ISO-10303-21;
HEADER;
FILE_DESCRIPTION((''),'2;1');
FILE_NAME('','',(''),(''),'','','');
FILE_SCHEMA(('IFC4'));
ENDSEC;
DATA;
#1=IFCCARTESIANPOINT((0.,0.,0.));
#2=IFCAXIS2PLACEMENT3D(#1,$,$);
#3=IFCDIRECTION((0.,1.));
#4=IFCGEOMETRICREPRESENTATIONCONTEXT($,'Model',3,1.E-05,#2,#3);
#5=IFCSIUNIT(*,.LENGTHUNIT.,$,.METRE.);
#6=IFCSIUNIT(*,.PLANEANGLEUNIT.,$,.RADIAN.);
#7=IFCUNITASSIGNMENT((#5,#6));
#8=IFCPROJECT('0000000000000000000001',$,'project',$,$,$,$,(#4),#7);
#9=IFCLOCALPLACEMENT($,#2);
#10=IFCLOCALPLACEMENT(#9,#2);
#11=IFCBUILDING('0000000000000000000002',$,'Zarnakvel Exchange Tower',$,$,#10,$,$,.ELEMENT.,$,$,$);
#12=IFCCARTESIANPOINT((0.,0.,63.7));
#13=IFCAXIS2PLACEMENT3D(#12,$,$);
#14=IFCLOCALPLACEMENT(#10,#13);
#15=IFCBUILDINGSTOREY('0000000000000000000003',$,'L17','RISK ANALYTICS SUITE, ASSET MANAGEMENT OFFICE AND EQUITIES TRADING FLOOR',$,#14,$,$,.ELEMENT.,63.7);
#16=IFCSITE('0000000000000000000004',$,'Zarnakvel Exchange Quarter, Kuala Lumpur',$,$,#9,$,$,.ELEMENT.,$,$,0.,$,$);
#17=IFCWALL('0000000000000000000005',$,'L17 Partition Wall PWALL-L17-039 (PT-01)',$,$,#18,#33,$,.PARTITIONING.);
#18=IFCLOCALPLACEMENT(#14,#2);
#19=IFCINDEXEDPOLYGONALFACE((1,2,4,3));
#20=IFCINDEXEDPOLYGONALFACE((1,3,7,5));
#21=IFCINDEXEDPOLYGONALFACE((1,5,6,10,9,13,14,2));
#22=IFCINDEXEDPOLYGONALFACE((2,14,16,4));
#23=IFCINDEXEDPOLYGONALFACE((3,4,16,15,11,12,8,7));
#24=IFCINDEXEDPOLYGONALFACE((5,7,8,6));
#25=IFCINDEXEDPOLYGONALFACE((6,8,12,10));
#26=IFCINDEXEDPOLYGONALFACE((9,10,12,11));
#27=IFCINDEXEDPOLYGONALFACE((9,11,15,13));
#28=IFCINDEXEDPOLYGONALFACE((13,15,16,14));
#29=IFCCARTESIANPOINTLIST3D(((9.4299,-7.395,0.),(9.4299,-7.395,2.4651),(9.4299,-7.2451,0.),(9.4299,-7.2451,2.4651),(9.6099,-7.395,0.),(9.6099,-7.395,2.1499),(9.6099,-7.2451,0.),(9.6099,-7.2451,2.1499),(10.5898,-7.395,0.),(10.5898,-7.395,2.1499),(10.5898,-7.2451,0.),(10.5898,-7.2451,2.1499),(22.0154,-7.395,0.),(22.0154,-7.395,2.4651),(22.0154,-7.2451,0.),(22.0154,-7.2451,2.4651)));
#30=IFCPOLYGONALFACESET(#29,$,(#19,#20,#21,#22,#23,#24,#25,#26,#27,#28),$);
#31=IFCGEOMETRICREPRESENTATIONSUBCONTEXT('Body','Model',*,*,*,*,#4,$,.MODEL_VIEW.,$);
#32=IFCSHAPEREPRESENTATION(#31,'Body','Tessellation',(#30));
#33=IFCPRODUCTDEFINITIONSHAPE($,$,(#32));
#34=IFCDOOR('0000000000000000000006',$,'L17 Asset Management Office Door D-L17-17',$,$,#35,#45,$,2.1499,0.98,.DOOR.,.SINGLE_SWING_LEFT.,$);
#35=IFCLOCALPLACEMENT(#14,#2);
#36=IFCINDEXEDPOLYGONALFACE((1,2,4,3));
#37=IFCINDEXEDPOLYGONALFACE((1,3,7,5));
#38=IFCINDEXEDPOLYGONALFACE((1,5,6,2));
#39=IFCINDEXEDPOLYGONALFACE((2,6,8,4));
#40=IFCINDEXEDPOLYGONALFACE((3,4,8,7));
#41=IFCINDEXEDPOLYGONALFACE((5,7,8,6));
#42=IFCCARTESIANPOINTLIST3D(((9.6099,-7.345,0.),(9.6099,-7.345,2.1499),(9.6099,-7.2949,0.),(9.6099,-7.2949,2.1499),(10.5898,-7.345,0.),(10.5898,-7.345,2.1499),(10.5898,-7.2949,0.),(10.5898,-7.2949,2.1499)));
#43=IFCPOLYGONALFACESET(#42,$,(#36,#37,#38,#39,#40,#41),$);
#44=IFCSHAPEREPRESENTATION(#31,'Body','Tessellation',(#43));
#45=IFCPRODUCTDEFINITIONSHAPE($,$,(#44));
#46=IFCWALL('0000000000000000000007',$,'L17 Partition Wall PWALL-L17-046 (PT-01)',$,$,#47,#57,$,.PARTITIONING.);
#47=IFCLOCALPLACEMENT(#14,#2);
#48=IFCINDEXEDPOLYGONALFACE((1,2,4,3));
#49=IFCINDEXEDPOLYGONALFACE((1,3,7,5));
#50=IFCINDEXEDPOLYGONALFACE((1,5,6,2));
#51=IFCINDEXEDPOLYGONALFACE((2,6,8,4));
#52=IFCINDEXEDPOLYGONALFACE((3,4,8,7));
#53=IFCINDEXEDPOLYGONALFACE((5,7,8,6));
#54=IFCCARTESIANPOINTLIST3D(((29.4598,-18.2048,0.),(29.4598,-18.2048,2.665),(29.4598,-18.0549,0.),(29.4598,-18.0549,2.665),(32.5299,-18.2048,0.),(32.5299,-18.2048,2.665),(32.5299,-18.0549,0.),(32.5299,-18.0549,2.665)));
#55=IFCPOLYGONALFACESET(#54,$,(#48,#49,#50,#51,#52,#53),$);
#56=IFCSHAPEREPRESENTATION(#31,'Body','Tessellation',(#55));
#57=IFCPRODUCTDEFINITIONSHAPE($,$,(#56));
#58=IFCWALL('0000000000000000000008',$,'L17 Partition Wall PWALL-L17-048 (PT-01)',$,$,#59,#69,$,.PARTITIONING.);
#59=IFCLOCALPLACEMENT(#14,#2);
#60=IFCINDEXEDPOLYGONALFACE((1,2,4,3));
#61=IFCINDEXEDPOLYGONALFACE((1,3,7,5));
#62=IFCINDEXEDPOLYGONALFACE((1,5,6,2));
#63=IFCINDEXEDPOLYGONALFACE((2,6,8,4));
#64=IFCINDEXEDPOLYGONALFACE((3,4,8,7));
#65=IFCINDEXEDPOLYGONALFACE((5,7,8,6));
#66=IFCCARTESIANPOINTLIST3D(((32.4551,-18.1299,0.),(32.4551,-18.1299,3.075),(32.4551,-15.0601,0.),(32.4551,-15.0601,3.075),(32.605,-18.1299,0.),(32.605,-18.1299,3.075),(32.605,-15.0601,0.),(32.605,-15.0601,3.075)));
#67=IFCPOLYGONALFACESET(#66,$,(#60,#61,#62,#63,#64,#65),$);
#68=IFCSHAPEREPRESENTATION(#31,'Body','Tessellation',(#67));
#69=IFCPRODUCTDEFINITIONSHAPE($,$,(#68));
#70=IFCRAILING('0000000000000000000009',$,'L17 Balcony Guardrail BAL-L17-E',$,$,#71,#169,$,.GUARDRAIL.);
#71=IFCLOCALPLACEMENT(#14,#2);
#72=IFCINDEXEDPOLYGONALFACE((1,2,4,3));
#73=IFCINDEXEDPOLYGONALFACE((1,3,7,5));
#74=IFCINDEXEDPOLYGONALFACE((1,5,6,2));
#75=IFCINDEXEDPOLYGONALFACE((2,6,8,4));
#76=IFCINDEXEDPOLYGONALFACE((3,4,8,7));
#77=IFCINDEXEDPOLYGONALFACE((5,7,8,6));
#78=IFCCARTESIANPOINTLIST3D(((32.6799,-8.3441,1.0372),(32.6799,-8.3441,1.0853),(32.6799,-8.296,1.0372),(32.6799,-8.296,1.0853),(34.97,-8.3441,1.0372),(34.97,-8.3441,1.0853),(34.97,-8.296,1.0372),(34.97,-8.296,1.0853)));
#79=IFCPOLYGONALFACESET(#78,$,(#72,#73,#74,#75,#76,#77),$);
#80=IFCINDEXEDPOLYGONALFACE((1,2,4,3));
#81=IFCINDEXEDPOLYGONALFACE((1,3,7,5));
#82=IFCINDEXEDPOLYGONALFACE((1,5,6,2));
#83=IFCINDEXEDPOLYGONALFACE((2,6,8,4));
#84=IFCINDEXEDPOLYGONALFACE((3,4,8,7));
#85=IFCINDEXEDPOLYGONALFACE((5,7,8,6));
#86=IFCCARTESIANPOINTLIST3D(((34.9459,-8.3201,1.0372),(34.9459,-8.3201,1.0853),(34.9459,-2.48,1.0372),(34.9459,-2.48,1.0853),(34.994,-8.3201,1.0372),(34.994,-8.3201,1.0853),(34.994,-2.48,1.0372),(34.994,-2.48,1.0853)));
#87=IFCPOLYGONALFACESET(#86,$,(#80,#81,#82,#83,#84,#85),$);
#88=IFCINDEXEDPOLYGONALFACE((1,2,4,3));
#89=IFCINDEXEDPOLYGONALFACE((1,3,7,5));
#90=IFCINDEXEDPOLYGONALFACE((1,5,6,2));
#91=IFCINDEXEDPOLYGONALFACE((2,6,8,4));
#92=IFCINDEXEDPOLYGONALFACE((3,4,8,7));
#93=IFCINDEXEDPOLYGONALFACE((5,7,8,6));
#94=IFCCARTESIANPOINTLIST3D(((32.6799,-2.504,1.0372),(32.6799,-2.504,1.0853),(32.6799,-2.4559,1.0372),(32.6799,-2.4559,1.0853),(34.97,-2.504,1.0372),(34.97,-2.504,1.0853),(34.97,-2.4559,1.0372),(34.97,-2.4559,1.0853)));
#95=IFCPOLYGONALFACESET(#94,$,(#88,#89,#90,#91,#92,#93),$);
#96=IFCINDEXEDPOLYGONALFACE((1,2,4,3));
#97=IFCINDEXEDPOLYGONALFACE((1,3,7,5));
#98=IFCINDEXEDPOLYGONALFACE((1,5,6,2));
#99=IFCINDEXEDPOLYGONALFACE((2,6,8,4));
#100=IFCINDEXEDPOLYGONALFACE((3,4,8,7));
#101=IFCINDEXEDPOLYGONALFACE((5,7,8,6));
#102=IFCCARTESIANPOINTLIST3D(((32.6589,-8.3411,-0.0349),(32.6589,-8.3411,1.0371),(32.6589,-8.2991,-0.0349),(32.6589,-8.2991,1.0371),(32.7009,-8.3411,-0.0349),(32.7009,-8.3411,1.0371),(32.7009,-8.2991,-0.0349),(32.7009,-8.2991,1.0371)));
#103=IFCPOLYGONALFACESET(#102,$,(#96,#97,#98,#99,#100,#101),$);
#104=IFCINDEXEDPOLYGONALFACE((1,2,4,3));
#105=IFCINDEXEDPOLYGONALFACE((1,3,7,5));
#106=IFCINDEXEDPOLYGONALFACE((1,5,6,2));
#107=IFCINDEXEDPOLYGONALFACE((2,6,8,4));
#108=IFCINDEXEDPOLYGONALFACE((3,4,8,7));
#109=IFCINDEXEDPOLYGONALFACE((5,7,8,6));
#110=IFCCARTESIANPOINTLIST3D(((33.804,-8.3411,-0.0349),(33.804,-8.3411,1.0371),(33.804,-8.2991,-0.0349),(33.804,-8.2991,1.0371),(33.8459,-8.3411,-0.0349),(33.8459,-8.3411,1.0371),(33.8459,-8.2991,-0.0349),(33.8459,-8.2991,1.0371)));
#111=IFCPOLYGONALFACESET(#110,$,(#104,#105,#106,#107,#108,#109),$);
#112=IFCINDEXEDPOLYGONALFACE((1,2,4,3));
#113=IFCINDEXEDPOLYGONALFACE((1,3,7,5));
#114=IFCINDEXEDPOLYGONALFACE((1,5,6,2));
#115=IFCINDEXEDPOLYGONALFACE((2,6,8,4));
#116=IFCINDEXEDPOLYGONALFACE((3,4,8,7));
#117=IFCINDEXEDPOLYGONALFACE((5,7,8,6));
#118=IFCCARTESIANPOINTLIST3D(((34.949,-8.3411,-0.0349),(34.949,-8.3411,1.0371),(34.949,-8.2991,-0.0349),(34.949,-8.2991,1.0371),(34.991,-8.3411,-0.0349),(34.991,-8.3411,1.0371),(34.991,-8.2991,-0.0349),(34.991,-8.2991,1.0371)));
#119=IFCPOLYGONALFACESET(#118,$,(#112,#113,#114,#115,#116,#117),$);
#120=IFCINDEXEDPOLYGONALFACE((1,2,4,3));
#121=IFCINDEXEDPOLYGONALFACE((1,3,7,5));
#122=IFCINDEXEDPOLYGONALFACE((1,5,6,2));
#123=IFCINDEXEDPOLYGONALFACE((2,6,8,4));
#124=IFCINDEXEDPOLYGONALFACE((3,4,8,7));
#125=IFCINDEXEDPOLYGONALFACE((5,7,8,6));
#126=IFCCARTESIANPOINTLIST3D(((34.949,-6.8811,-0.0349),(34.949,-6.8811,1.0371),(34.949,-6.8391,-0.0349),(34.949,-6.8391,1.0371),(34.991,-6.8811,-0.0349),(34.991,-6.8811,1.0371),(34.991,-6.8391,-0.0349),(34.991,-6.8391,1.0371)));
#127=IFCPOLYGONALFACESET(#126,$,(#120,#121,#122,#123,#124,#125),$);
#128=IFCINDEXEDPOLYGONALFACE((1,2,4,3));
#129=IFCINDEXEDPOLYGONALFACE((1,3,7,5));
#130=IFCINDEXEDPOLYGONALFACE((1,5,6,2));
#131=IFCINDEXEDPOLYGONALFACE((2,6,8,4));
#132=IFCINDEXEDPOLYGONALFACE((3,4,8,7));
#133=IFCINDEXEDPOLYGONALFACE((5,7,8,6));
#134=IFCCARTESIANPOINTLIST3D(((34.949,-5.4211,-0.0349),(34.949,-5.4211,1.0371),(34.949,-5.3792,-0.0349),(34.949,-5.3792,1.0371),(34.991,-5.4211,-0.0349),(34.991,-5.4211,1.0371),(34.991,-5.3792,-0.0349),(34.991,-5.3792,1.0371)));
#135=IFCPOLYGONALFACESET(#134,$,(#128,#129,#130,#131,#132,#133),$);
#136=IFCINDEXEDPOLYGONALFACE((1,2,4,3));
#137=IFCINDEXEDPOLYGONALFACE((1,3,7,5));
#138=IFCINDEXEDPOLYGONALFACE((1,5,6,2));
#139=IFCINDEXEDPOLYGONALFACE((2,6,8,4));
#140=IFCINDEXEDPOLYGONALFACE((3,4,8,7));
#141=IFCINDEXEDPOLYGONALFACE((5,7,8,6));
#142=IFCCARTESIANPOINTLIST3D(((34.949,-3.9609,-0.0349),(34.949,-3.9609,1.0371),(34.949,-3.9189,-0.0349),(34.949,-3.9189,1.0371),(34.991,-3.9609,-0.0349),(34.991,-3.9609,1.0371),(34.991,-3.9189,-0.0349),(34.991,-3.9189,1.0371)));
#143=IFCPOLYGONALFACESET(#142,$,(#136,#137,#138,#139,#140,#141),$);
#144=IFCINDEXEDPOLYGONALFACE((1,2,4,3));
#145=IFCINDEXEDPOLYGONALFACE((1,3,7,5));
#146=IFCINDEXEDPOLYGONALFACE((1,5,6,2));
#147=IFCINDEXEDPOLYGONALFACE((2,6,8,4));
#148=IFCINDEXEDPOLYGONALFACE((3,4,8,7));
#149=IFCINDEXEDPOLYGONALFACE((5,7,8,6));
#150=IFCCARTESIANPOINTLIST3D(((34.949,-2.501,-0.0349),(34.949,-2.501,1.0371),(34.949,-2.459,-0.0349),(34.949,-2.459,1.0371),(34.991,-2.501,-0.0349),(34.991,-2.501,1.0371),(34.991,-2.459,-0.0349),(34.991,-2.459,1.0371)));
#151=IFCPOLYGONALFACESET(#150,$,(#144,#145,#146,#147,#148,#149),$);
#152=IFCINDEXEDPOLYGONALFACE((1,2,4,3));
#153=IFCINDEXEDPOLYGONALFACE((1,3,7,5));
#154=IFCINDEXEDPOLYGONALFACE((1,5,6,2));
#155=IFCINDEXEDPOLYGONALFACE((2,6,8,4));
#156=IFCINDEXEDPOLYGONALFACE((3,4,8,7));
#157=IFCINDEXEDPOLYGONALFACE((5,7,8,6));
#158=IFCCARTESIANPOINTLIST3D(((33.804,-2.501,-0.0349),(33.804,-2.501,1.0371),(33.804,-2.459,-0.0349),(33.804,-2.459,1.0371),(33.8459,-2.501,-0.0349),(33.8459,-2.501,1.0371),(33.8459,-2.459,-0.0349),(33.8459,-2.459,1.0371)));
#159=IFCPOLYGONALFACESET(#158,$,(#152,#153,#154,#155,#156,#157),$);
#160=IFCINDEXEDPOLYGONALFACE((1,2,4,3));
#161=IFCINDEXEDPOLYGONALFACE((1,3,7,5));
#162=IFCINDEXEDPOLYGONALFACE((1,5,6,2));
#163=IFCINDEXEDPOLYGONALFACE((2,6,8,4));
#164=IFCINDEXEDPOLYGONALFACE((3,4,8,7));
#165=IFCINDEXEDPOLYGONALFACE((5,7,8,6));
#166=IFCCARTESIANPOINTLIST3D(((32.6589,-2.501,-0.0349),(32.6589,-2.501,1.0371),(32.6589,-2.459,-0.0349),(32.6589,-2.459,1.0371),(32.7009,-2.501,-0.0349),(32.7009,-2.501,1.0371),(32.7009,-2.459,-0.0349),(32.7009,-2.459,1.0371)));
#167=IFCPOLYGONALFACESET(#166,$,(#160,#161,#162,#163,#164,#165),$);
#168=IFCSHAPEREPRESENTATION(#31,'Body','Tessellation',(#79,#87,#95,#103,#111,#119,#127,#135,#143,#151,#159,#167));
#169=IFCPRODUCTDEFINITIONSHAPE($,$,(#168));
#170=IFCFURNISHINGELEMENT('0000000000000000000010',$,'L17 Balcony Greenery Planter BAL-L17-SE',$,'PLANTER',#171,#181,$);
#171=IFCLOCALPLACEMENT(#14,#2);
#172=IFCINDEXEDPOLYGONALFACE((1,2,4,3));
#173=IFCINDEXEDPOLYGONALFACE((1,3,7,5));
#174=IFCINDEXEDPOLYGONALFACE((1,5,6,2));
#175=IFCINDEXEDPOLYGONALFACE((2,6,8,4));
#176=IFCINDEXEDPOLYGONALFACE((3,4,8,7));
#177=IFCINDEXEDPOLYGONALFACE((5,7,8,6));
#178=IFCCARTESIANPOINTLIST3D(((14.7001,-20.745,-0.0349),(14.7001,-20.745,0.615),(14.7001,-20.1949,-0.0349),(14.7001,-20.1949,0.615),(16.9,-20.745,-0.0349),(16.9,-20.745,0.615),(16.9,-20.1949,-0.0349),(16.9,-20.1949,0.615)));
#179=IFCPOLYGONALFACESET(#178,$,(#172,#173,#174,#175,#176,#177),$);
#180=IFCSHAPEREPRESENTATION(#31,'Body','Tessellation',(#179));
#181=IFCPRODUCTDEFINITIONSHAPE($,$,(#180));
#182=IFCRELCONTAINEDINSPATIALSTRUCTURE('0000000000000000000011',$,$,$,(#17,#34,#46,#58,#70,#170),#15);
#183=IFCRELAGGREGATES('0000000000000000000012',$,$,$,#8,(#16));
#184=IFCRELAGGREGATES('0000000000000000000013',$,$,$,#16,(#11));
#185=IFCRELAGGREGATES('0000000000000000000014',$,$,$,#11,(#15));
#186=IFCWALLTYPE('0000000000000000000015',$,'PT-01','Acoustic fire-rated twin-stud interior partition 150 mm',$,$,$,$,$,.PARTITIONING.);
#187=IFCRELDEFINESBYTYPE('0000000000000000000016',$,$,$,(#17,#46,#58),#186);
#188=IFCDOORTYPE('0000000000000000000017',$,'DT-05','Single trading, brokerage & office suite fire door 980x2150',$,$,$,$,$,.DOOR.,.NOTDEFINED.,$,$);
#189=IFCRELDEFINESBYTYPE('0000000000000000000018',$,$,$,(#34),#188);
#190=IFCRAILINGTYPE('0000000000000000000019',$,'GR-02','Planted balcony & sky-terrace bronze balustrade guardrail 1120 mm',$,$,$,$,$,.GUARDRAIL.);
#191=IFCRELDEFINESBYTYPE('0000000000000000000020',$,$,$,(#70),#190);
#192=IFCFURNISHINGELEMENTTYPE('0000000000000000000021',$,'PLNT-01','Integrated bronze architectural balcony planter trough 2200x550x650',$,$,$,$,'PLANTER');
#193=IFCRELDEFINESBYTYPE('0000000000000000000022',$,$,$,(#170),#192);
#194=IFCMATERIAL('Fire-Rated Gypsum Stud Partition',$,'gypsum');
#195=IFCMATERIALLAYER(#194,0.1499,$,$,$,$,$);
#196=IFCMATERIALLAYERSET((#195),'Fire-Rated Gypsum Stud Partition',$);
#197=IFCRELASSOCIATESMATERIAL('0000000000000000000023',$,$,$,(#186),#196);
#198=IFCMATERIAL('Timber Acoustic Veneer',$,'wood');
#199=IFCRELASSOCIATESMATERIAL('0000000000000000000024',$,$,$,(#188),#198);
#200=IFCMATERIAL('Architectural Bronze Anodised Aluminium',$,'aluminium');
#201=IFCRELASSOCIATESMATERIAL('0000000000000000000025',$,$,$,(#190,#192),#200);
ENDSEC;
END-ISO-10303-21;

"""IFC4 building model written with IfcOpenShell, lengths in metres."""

from ifc_helpers import new_model, si_unit, direction, frame, frame_2d, origin, origin_2d, place, context, subcontext, project, spatial, rectangle, extrude, source, transform, mapped, material, layer, layer_set, type_object, element, fill, save


model = new_model("IFC4")

# Units and contexts
model_context = context("Model", 3, precision=1e-05, world=origin(), true_north=direction((0.0, 1.0)))
body_context = subcontext(model_context, "Body", "Model", "MODEL_VIEW")
ifc_project = project(units=[si_unit("LENGTHUNIT", "METRE"), si_unit("PLANEANGLEUNIT", "RADIAN")], contexts=[model_context])

# Site, building, storey
site_placement = place(None, origin())
site = spatial("IfcSite", under=ifc_project, at=site_placement, Name="Zarnakvel Exchange Quarter, Kuala Lumpur", CompositionType="ELEMENT", RefElevation=0.0)
building_placement = place(site_placement, origin())
building = spatial("IfcBuilding", under=site, at=building_placement, Name="Zarnakvel Exchange Tower", CompositionType="ELEMENT")
storey_placement = place(building_placement, frame((0.0, 0.0, 63.7)))
storey = spatial("IfcBuildingStorey", under=building, at=storey_placement, Name="L17", Description="RISK ANALYTICS SUITE, ASSET MANAGEMENT OFFICE AND EQUITIES TRADING FLOOR", CompositionType="ELEMENT", Elevation=63.7)

# Shared definitions
ifc_material_1 = material(Name="Architectural Bronze Anodised Aluminium", Category="aluminium")

# Wall, opening, door
ifc_material_2 = material(Name="Fire-Rated Gypsum Stud Partition", Category="gypsum")
ifc_layer_1 = layer(ifc_material_2, 0.1499)
ifc_layer_set_1 = layer_set([ifc_layer_1], Name="Fire-Rated Gypsum Stud Partition")
wall_type_1 = type_object("IfcWallType", Name="PT-01", Description="Acoustic fire-rated twin-stud interior partition 150 mm", PredefinedType="PARTITIONING", material=ifc_layer_set_1)
wall_1_placement = place(storey_placement, frame((22.0154, -7.3201, 0.0), z_axis=(0.0, 0.0, 1.0), x_axis=(-1.0, 0.0, 0.0)))
wall_1 = element("IfcWall", 1, at=wall_1_placement, inside=storey, type_object=wall_type_1, Name="L17 Partition Wall PWALL-L17-039 (PT-01)", PredefinedType="PARTITIONING", context=body_context, shape_type="SweptSolid", body=[
    extrude(rectangle(XDim=12.5854, YDim=0.1499, at=frame_2d((6.2927, 0.0))), origin(), (0.0, 0.0, 1.0), 2.4651),
])
opening_1_placement = place(wall_1_placement, frame((11.4255, 0.0, 0.0)))
opening_1 = element("IfcOpeningElement", 2, at=opening_1_placement, cuts=wall_1, PredefinedType="OPENING", context=body_context, shape_type="SweptSolid", body=[
    extrude(rectangle(XDim=0.98, YDim=2.1499, at=frame_2d((0.49, 1.075))), frame((0.0, 0.085, 0.0), z_axis=(0.0, -1.0, 0.0), x_axis=(1.0, 0.0, 0.0)), (0.0, 0.0, 1.0), 0.1699),
])
ifc_material_3 = material(Name="Timber Acoustic Veneer", Category="wood")
door_type_1 = type_object("IfcDoorType", Name="DT-05", Description="Single trading, brokerage & office suite fire door 980x2150", OperationType="NOTDEFINED", PredefinedType="DOOR", material=ifc_material_3)
shared_shape_1 = source(origin(), body_context, "Body", "SweptSolid", [
    extrude(rectangle(XDim=0.98, YDim=2.1499, at=frame_2d((0.49, 1.075))), frame((0.0, 0.0249, 0.0), z_axis=(0.0, -1.0, 0.0), x_axis=(1.0, 0.0, 0.0)), (0.0, 0.0, 1.0), 0.05),
])
door_1_placement = place(opening_1_placement, origin())
door_1 = element("IfcDoor", 3, at=door_1_placement, inside=storey, type_object=door_type_1, Name="L17 Asset Management Office Door D-L17-17", OperationType="SINGLE_SWING_LEFT", OverallHeight=2.1499, OverallWidth=0.98, PredefinedType="DOOR", context=body_context, shape_type="MappedRepresentation", body=[
    mapped(shared_shape_1, transform((0.0, 0.0, 0.0), x_axis=(1.0, 0.0, 0.0), y_axis=(0.0, 1.0, 0.0), z_axis=(0.0, 0.0, 1.0), scale=1.0)),
])
fill(opening_1, door_1)

# Walls
wall_2_placement = place(storey_placement, frame((32.53, -18.1299, 0.0), z_axis=(0.0, 0.0, 1.0), x_axis=(-1.0, 0.0, 0.0)))
element("IfcWall", 4, at=wall_2_placement, inside=storey, type_object=wall_type_1, Name="L17 Partition Wall PWALL-L17-046 (PT-01)", PredefinedType="PARTITIONING", context=body_context, shape_type="SweptSolid", body=[
    extrude(rectangle(XDim=3.0701, YDim=0.1499, at=frame_2d((1.5352, 0.0))), origin(), (0.0, 0.0, 1.0), 2.665),
])
wall_3_placement = place(storey_placement, frame((32.53, -15.0601, 0.0), z_axis=(0.0, 0.0, 1.0), x_axis=(0.0, -1.0, 0.0)))
element("IfcWall", 5, at=wall_3_placement, inside=storey, type_object=wall_type_1, Name="L17 Partition Wall PWALL-L17-048 (PT-01)", PredefinedType="PARTITIONING", context=body_context, shape_type="SweptSolid", body=[
    extrude(rectangle(XDim=3.0698, YDim=0.1499, at=frame_2d((1.5349, 0.0))), origin(), (0.0, 0.0, 1.0), 3.075),
])

# Railing
railing_type = type_object("IfcRailingType", Name="GR-02", Description="Planted balcony & sky-terrace bronze balustrade guardrail 1120 mm", PredefinedType="GUARDRAIL", material=ifc_material_1)
railing_placement = place(storey_placement, frame((32.6799, -8.3201, -0.0349)))
element("IfcRailing", 6, at=railing_placement, inside=storey, type_object=railing_type, Name="L17 Balcony Guardrail BAL-L17-E", PredefinedType="GUARDRAIL", context=body_context, shape_type="SweptSolid", body=[
    extrude(rectangle(XDim=0.0481, YDim=0.0481, at=origin_2d()), frame((0.0, 0.0, 1.0962), z_axis=(1.0, 0.0, 0.0), x_axis=(0.0, 1.0, 0.0)), (0.0, 0.0, 1.0), 2.29),
    extrude(rectangle(XDim=0.0481, YDim=0.0481, at=origin_2d()), frame((2.29, 0.0, 1.0962), z_axis=(0.0, 1.0, 0.0), x_axis=(-1.0, 0.0, 0.0)), (0.0, 0.0, 1.0), 5.8401),
    extrude(rectangle(XDim=0.0481, YDim=0.0481, at=origin_2d()), frame((2.29, 5.8401, 1.0962), z_axis=(-1.0, 0.0, 0.0), x_axis=(0.0, -1.0, 0.0)), (0.0, 0.0, 1.0), 2.29),
    extrude(rectangle(XDim=0.042, YDim=0.042, at=origin_2d()), origin(), (0.0, 0.0, 1.0), 1.072),
    extrude(rectangle(XDim=0.042, YDim=0.042, at=origin_2d()), frame((1.145, 0.0, 0.0)), (0.0, 0.0, 1.0), 1.072),
    extrude(rectangle(XDim=0.042, YDim=0.042, at=origin_2d()), frame((2.29, 0.0, 0.0)), (0.0, 0.0, 1.0), 1.072),
    extrude(rectangle(XDim=0.042, YDim=0.042, at=origin_2d()), frame((2.29, 1.46, 0.0)), (0.0, 0.0, 1.0), 1.072),
    extrude(rectangle(XDim=0.042, YDim=0.042, at=origin_2d()), frame((2.29, 2.9199, 0.0)), (0.0, 0.0, 1.0), 1.072),
    extrude(rectangle(XDim=0.042, YDim=0.042, at=origin_2d()), frame((2.29, 4.3801, 0.0)), (0.0, 0.0, 1.0), 1.072),
    extrude(rectangle(XDim=0.042, YDim=0.042, at=origin_2d()), frame((2.29, 5.8401, 0.0)), (0.0, 0.0, 1.0), 1.072),
    extrude(rectangle(XDim=0.042, YDim=0.042, at=origin_2d()), frame((1.145, 5.8401, 0.0)), (0.0, 0.0, 1.0), 1.072),
    extrude(rectangle(XDim=0.042, YDim=0.042, at=origin_2d()), frame((0.0, 5.8401, 0.0)), (0.0, 0.0, 1.0), 1.072),
])

# Furnishing element
furnishing_element_type = type_object("IfcFurnishingElementType", Name="PLNT-01", Description="Integrated bronze architectural balcony planter trough 2200x550x650", ElementType="PLANTER", material=ifc_material_1)
shared_shape_2 = source(origin(), body_context, "Body", "SweptSolid", [
    extrude(rectangle(XDim=2.2, YDim=0.55, at=origin_2d()), origin(), (0.0, 0.0, 1.0), 0.6499),
])
furnishing_placement = place(storey_placement, frame((15.8, -20.47, -0.0349), z_axis=(0.0, 0.0, 1.0), x_axis=(1.0, 0.0, 0.0)))
element("IfcFurnishingElement", 7, at=furnishing_placement, inside=storey, type_object=furnishing_element_type, Name="L17 Balcony Greenery Planter BAL-L17-SE", ObjectType="PLANTER", context=body_context, shape_type="MappedRepresentation", body=[
    mapped(shared_shape_2, transform((0.0, 0.0, 0.0), x_axis=(1.0, 0.0, 0.0), y_axis=(0.0, 1.0, 0.0), z_axis=(0.0, 0.0, 1.0), scale=1.0)),
])

save(model, "model.ifc")
